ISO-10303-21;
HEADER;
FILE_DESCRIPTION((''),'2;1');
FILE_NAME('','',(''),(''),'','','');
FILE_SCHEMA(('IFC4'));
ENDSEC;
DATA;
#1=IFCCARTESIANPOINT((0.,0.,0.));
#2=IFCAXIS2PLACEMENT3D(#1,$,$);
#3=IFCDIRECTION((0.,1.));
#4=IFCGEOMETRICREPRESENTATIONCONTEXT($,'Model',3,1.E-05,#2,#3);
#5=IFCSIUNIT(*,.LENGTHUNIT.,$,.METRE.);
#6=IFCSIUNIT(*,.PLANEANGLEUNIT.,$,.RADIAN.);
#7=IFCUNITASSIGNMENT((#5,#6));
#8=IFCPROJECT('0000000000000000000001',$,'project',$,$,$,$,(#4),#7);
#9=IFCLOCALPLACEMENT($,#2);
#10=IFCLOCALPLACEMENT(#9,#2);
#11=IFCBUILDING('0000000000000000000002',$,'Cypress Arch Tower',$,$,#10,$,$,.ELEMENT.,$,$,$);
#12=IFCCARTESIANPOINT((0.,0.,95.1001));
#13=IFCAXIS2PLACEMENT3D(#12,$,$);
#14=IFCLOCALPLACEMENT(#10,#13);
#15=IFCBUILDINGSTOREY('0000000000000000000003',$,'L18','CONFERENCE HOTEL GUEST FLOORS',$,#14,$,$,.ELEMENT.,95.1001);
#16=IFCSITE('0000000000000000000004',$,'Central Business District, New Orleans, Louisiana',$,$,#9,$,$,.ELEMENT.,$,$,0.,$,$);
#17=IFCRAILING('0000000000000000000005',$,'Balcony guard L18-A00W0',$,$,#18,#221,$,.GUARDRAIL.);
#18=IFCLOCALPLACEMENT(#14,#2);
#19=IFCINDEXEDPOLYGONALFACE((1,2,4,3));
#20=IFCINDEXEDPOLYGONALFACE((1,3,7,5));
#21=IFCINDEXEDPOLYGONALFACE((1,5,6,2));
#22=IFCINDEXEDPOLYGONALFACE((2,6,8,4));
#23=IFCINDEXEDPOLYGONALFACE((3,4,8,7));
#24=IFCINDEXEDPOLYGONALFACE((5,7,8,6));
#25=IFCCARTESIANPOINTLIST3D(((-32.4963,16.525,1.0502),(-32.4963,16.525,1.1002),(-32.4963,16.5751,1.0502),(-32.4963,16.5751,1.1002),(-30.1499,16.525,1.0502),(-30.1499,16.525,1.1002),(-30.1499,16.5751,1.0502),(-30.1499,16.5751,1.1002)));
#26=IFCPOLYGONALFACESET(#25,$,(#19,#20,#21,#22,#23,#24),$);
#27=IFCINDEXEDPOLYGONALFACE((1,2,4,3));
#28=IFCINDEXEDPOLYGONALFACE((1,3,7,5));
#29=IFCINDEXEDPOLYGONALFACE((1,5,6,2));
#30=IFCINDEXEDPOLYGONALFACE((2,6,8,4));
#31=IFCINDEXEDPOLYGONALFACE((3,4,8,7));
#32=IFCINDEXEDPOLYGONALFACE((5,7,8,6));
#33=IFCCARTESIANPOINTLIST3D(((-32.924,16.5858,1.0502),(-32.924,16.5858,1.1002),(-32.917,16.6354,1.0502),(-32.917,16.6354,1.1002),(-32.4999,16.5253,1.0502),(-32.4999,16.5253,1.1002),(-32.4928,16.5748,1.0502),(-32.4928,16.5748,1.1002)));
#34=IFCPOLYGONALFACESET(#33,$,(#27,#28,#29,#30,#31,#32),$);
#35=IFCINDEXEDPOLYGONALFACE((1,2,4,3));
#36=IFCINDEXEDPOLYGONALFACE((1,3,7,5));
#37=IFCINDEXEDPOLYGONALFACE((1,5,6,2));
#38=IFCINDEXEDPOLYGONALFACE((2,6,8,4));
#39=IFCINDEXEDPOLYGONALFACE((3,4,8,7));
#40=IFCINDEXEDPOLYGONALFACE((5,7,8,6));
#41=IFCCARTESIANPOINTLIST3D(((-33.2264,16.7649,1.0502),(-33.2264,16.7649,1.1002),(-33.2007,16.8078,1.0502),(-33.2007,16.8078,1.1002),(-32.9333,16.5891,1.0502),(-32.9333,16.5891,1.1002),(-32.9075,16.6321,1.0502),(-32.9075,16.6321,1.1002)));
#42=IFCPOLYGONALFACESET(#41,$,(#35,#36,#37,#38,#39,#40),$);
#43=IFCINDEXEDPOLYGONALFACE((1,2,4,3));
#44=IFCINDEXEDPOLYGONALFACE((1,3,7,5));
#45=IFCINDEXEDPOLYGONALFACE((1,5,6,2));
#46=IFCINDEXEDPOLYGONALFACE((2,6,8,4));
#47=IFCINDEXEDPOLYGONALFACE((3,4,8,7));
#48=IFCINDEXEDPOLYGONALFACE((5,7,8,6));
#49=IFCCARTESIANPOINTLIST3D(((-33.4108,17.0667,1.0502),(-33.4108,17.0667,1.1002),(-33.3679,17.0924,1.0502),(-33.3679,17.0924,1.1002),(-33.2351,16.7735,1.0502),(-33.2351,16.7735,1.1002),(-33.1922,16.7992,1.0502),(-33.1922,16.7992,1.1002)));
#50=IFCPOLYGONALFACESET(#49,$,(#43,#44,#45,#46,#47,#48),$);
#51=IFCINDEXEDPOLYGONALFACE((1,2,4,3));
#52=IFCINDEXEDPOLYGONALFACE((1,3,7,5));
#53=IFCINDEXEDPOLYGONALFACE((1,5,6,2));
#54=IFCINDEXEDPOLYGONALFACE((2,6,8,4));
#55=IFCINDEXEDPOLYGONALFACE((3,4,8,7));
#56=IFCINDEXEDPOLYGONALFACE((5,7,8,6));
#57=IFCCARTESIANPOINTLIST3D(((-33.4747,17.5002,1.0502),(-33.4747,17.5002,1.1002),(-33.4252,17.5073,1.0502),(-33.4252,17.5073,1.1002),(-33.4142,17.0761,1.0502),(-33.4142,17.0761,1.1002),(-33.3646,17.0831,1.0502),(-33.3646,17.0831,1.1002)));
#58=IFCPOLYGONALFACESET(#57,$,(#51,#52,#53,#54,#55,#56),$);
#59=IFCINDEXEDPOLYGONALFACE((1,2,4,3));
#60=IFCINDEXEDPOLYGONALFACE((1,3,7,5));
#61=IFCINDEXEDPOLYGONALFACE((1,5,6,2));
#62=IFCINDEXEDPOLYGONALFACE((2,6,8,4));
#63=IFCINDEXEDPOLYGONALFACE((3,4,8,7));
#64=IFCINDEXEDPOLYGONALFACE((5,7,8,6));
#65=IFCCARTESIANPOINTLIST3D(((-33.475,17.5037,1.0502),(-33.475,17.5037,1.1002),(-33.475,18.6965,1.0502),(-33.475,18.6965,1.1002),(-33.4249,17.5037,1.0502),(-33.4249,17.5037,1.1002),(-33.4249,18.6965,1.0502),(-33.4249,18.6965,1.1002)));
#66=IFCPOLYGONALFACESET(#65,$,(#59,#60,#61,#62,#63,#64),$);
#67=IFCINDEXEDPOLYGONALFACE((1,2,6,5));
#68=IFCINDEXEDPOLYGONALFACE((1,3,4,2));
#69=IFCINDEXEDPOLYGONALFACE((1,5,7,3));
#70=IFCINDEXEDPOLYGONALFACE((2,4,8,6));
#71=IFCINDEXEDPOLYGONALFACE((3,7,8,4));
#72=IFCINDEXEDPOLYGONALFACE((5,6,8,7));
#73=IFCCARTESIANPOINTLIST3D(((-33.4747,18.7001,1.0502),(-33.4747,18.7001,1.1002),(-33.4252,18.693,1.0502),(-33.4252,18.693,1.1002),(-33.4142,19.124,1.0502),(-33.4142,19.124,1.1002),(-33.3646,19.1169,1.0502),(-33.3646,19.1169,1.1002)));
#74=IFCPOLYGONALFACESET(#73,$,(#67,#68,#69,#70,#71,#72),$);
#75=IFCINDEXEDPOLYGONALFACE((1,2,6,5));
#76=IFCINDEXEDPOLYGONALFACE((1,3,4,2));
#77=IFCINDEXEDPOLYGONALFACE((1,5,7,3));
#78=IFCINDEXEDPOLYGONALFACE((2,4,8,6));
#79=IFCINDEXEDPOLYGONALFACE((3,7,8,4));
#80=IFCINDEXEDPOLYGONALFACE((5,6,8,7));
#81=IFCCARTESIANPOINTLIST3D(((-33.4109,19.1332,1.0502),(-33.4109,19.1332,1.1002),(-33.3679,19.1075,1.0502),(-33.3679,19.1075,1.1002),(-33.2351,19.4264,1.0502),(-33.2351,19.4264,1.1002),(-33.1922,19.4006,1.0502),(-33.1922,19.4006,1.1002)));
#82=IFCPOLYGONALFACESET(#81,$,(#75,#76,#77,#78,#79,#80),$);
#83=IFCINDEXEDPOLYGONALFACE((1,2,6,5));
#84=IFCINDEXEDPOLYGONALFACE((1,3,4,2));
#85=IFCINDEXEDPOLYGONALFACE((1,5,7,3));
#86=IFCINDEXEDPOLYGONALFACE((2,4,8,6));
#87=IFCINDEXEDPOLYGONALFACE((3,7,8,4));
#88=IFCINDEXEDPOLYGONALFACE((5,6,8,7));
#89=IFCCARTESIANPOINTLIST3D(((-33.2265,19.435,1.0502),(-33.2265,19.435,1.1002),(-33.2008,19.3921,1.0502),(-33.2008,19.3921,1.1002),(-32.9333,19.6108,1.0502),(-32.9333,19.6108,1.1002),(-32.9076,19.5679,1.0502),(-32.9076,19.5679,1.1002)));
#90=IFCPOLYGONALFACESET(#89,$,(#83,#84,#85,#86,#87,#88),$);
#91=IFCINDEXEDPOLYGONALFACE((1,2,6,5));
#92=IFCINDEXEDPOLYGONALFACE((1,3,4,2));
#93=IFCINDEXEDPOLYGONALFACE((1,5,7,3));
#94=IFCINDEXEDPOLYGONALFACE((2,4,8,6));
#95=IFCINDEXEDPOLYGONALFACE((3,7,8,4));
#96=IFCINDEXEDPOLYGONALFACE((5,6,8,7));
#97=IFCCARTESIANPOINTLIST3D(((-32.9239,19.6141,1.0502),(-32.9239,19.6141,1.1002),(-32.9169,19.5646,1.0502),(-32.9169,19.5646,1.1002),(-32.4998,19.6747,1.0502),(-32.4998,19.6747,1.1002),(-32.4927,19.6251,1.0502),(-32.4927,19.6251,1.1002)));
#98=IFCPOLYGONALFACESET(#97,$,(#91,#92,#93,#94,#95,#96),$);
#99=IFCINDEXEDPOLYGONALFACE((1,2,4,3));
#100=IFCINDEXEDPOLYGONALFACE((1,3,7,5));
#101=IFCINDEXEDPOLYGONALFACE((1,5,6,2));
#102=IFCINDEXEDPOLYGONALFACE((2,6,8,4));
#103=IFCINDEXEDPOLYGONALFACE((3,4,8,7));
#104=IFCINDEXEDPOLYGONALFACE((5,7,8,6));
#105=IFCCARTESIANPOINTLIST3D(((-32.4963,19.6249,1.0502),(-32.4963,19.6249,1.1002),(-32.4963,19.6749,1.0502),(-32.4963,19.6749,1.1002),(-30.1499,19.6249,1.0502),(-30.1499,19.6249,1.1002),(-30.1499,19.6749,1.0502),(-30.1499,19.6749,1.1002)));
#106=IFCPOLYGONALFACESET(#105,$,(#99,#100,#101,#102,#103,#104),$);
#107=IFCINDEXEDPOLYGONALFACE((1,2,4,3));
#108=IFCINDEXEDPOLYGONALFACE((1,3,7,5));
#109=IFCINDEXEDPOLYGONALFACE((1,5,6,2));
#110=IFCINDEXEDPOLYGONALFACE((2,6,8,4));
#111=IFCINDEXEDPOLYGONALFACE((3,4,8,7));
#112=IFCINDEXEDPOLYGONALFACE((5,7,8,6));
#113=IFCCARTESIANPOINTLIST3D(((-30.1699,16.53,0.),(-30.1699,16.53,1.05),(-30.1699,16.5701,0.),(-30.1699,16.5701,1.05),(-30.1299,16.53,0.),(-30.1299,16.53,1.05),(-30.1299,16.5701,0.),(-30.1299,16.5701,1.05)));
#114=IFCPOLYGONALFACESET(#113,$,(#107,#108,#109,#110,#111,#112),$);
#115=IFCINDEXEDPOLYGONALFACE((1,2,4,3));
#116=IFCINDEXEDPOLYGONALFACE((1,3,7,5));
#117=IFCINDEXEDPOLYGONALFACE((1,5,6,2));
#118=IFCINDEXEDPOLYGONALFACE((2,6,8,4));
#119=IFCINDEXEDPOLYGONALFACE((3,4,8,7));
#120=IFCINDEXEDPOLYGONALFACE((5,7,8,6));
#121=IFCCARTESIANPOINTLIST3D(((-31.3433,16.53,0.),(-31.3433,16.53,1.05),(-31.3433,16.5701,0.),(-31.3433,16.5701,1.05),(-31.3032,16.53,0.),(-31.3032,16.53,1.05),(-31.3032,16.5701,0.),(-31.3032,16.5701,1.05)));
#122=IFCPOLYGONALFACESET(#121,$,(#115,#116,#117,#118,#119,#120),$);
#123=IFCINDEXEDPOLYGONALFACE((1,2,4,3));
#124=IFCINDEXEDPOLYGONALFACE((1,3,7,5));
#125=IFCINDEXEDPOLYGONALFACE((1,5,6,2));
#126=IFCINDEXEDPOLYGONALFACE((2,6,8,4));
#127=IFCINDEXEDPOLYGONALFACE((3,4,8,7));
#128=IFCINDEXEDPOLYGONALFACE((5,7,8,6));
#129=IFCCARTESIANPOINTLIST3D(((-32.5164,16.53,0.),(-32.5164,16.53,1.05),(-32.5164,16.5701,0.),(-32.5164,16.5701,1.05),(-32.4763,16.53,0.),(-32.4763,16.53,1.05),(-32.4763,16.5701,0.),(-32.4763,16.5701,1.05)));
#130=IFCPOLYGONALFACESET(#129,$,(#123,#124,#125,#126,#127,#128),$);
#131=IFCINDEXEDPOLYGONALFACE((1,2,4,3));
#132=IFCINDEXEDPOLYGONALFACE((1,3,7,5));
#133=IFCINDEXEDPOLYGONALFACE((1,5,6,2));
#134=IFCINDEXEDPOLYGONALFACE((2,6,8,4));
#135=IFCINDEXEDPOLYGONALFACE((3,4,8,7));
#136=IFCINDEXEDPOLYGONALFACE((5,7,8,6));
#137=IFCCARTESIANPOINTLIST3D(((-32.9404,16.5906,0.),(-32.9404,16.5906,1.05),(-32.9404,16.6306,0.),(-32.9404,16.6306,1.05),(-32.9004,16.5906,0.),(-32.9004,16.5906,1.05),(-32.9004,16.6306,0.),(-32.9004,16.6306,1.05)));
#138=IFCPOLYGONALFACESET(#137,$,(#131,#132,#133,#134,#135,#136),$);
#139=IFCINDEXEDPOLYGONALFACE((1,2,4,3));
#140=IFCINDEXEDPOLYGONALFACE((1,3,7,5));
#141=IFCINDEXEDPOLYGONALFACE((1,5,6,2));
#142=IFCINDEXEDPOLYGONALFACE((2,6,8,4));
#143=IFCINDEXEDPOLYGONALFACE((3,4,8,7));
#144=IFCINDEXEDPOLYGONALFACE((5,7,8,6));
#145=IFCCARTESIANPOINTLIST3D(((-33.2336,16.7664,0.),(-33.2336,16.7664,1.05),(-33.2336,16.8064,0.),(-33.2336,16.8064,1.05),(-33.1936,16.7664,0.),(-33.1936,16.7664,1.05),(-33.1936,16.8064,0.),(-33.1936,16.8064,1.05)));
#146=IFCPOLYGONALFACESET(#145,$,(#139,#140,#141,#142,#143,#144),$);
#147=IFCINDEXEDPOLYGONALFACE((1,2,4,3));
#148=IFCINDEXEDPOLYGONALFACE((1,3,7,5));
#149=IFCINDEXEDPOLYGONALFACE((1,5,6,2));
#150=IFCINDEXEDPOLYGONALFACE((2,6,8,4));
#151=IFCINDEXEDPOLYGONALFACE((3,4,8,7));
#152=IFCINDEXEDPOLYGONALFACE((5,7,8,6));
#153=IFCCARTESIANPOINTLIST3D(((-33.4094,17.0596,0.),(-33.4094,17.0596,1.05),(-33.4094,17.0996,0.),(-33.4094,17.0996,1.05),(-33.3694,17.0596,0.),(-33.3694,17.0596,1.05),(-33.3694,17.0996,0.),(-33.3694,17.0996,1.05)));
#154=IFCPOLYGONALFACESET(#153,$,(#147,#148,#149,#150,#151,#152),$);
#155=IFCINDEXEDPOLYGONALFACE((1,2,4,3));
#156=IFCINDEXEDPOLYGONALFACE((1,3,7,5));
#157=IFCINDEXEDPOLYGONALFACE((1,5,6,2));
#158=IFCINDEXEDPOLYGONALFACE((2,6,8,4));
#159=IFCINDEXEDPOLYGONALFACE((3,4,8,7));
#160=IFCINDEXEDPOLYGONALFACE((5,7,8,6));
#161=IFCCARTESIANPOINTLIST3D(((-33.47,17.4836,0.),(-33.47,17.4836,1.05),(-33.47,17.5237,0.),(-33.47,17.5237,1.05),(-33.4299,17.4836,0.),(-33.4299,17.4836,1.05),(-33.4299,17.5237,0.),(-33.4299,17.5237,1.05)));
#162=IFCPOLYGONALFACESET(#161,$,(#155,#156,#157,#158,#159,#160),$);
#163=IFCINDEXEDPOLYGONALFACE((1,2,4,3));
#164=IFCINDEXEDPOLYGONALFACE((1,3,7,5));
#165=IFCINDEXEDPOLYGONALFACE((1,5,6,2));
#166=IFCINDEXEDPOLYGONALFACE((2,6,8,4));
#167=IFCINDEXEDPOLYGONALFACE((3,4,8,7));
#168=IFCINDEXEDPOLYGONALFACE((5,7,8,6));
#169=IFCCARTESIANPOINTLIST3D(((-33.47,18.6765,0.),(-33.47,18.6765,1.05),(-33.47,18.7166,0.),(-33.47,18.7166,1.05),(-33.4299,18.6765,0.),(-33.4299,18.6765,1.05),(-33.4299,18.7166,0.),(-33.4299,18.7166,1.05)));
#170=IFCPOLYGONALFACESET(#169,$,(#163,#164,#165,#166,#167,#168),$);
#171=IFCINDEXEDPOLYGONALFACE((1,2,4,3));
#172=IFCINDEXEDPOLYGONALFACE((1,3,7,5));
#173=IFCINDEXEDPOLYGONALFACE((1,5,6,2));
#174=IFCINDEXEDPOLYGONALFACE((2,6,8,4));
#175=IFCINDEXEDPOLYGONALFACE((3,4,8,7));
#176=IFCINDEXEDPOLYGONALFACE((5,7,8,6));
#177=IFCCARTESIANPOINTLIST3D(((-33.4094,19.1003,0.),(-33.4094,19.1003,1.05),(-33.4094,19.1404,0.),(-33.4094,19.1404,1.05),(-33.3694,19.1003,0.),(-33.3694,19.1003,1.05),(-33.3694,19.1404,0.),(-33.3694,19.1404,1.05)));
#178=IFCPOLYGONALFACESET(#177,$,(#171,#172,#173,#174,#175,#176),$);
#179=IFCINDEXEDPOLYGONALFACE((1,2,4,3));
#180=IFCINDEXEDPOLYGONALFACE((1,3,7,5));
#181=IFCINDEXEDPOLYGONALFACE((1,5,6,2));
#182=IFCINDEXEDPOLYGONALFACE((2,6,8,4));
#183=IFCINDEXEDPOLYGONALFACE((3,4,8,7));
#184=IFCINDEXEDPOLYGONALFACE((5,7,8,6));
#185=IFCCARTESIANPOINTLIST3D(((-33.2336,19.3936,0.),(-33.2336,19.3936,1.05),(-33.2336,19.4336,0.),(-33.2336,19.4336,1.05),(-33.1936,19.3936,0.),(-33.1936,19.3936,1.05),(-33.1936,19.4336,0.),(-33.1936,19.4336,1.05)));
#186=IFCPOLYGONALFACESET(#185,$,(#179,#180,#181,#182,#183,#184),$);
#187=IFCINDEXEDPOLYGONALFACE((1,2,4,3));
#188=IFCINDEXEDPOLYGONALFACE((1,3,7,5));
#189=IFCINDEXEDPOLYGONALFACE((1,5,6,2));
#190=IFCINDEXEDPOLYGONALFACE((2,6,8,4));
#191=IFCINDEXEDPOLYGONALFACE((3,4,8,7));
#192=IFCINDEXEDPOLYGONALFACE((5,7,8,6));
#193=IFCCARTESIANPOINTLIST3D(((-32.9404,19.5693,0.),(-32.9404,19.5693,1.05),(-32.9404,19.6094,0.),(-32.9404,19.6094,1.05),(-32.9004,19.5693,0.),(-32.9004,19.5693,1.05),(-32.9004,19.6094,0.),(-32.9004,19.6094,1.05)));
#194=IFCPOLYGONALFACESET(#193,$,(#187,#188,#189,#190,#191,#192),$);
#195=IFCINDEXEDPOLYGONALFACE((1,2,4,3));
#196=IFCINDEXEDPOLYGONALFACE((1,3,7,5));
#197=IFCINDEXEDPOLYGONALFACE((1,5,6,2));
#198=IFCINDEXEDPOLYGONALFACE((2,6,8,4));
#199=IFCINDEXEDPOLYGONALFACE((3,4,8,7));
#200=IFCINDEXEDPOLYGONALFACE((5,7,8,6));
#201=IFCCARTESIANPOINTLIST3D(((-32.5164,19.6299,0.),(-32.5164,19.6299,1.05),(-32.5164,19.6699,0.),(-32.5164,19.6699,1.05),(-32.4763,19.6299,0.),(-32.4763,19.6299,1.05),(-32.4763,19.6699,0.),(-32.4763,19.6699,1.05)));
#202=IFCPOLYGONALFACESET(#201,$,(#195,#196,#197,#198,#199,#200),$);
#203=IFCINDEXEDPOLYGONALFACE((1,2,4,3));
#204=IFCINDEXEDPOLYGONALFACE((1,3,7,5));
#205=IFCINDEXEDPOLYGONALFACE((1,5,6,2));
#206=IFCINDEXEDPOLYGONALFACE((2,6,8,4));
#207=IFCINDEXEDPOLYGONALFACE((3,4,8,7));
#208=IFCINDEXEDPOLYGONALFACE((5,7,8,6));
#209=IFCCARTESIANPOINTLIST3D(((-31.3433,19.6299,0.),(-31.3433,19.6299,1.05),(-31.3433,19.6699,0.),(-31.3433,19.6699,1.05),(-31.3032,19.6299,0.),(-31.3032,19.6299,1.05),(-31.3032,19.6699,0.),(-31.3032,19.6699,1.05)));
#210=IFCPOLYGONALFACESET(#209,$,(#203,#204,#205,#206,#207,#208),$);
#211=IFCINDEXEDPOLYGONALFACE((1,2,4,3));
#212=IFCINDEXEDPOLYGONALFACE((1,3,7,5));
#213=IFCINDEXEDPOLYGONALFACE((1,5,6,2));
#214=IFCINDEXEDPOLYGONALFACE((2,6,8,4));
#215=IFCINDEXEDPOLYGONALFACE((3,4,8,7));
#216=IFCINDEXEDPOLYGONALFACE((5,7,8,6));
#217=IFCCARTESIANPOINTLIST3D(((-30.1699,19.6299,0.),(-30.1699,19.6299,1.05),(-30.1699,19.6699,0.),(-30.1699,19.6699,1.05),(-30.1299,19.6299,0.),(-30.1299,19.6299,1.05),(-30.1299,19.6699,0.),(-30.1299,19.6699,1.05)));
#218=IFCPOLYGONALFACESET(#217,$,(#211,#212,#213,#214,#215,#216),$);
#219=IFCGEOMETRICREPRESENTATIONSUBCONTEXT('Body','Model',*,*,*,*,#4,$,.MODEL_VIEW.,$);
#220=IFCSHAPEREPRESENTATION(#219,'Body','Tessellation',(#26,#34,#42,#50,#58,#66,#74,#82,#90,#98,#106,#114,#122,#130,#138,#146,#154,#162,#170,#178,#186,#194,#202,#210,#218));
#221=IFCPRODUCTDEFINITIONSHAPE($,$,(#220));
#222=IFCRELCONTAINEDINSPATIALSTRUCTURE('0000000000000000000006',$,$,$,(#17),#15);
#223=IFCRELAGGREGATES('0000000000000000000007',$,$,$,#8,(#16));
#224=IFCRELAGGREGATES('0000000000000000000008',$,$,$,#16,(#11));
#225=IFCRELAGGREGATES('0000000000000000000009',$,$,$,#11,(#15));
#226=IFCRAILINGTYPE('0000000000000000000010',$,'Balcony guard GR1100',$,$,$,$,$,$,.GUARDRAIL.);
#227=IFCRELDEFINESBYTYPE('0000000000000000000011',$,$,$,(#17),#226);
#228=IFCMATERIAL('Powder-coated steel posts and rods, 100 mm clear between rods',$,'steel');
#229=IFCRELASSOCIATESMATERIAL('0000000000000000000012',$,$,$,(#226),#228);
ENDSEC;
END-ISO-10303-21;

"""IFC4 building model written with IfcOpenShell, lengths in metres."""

from ifc_helpers import new_model, si_unit, direction, frame, origin, origin_2d, place, context, subcontext, project, spatial, rectangle, extrude, material, type_object, element, save


model = new_model("IFC4")

# Units and contexts
model_context = context("Model", 3, precision=1e-05, world=origin(), true_north=direction((0.0, 1.0)))
body_context = subcontext(model_context, "Body", "Model", "MODEL_VIEW")
ifc_project = project(units=[si_unit("LENGTHUNIT", "METRE"), si_unit("PLANEANGLEUNIT", "RADIAN")], contexts=[model_context])

# Site, building, storey
site_placement = place(None, origin())
site = spatial("IfcSite", under=ifc_project, at=site_placement, Name="Central Business District, New Orleans, Louisiana", CompositionType="ELEMENT", RefElevation=0.0)
building_placement = place(site_placement, origin())
building = spatial("IfcBuilding", under=site, at=building_placement, Name="Cypress Arch Tower", CompositionType="ELEMENT")
storey_placement = place(building_placement, frame((0.0, 0.0, 95.1001)))
storey = spatial("IfcBuildingStorey", under=building, at=storey_placement, Name="L18", Description="CONFERENCE HOTEL GUEST FLOORS", CompositionType="ELEMENT", Elevation=95.1001)

# Railing
ifc_material_1 = material(Name="Powder-coated steel posts and rods, 100 mm clear between rods", Category="steel")
railing_type_1 = type_object("IfcRailingType", Name="Balcony guard GR1100", PredefinedType="GUARDRAIL", material=ifc_material_1)
railing_1_placement = place(storey_placement, frame((-30.1499, 16.55, 0.0)))
element("IfcRailing", 1, at=railing_1_placement, inside=storey, type_object=railing_type_1, Name="Balcony guard L18-A00W0", PredefinedType="GUARDRAIL", context=body_context, shape_type="SweptSolid", body=[
    extrude(rectangle(XDim=0.05, YDim=0.05, at=origin_2d()), frame((0.0, 0.0, 1.0752), z_axis=(-1.0, 0.0, 0.0), x_axis=(0.0, -1.0, 0.0)), (0.0, 0.0, 1.0), 2.3464),
    extrude(rectangle(XDim=0.05, YDim=0.05, at=origin_2d()), frame((-2.3464, 0.0, 1.0752), z_axis=(-0.989961, 0.141342, 0.0), x_axis=(-0.141342, -0.989961, 0.0)), (0.0, 0.0, 1.0), 0.4285),
    extrude(rectangle(XDim=0.05, YDim=0.05, at=origin_2d()), frame((-2.7705, 0.0605, 1.0752), z_axis=(-0.857682, 0.514181, 0.0), x_axis=(-0.514181, -0.857682, 0.0)), (0.0, 0.0, 1.0), 0.3418),
    extrude(rectangle(XDim=0.05, YDim=0.05, at=origin_2d()), frame((-3.0637, 0.2363, 1.0752), z_axis=(-0.514181, 0.857682, 0.0), x_axis=(-0.857682, -0.514181, 0.0)), (0.0, 0.0, 1.0), 0.3418),
    extrude(rectangle(XDim=0.05, YDim=0.05, at=origin_2d()), frame((-3.2395, 0.5295, 1.0752), z_axis=(-0.141342, 0.989961, 0.0), x_axis=(-0.989961, -0.141342, 0.0)), (0.0, 0.0, 1.0), 0.4285),
    extrude(rectangle(XDim=0.05, YDim=0.05, at=origin_2d()), frame((-3.3, 0.9536, 1.0752), z_axis=(0.0, 1.0, 0.0), x_axis=(-1.0, 0.0, 0.0)), (0.0, 0.0, 1.0), 1.1929),
    extrude(rectangle(XDim=0.05, YDim=0.05, at=origin_2d()), frame((-3.3, 2.1465, 1.0752), z_axis=(0.141421, 0.989949, 0.0), x_axis=(-0.989949, 0.141421, 0.0)), (0.0, 0.0, 1.0), 0.4282),
    extrude(rectangle(XDim=0.05, YDim=0.05, at=origin_2d()), frame((-3.2395, 2.5703, 1.0752), z_axis=(0.514181, 0.857682, 0.0), x_axis=(-0.857682, 0.514181, 0.0)), (0.0, 0.0, 1.0), 0.3418),
    extrude(rectangle(XDim=0.05, YDim=0.05, at=origin_2d()), frame((-3.0637, 2.8635, 1.0752), z_axis=(0.857682, 0.514181, 0.0), x_axis=(-0.514181, 0.857682, 0.0)), (0.0, 0.0, 1.0), 0.3418),
    extrude(rectangle(XDim=0.05, YDim=0.05, at=origin_2d()), frame((-2.7705, 3.0393, 1.0752), z_axis=(0.989961, 0.141342, 0.0), x_axis=(-0.141342, 0.989961, 0.0)), (0.0, 0.0, 1.0), 0.4285),
    extrude(rectangle(XDim=0.05, YDim=0.05, at=origin_2d()), frame((-2.3464, 3.0999, 1.0752), z_axis=(1.0, 0.0, 0.0), x_axis=(0.0, 1.0, 0.0)), (0.0, 0.0, 1.0), 2.3464),
    extrude(rectangle(XDim=0.04, YDim=0.04, at=origin_2d()), origin(), (0.0, 0.0, 1.0), 1.05),
    extrude(rectangle(XDim=0.04, YDim=0.04, at=origin_2d()), frame((-1.1733, 0.0, 0.0)), (0.0, 0.0, 1.0), 1.05),
    extrude(rectangle(XDim=0.04, YDim=0.04, at=origin_2d()), frame((-2.3464, 0.0, 0.0)), (0.0, 0.0, 1.0), 1.05),
    extrude(rectangle(XDim=0.04, YDim=0.04, at=origin_2d()), frame((-2.7705, 0.0605, 0.0)), (0.0, 0.0, 1.0), 1.05),
    extrude(rectangle(XDim=0.04, YDim=0.04, at=origin_2d()), frame((-3.0637, 0.2363, 0.0)), (0.0, 0.0, 1.0), 1.05),
    extrude(rectangle(XDim=0.04, YDim=0.04, at=origin_2d()), frame((-3.2395, 0.5295, 0.0)), (0.0, 0.0, 1.0), 1.05),
    extrude(rectangle(XDim=0.04, YDim=0.04, at=origin_2d()), frame((-3.3, 0.9536, 0.0)), (0.0, 0.0, 1.0), 1.05),
    extrude(rectangle(XDim=0.04, YDim=0.04, at=origin_2d()), frame((-3.3, 2.1465, 0.0)), (0.0, 0.0, 1.0), 1.05),
    extrude(rectangle(XDim=0.04, YDim=0.04, at=origin_2d()), frame((-3.2395, 2.5703, 0.0)), (0.0, 0.0, 1.0), 1.05),
    extrude(rectangle(XDim=0.04, YDim=0.04, at=origin_2d()), frame((-3.0637, 2.8635, 0.0)), (0.0, 0.0, 1.0), 1.05),
    extrude(rectangle(XDim=0.04, YDim=0.04, at=origin_2d()), frame((-2.7705, 3.0393, 0.0)), (0.0, 0.0, 1.0), 1.05),
    extrude(rectangle(XDim=0.04, YDim=0.04, at=origin_2d()), frame((-2.3464, 3.0999, 0.0)), (0.0, 0.0, 1.0), 1.05),
    extrude(rectangle(XDim=0.04, YDim=0.04, at=origin_2d()), frame((-1.1733, 3.0999, 0.0)), (0.0, 0.0, 1.0), 1.05),
    extrude(rectangle(XDim=0.04, YDim=0.04, at=origin_2d()), frame((0.0, 3.0999, 0.0)), (0.0, 0.0, 1.0), 1.05),
])

save(model, "model.ifc")
